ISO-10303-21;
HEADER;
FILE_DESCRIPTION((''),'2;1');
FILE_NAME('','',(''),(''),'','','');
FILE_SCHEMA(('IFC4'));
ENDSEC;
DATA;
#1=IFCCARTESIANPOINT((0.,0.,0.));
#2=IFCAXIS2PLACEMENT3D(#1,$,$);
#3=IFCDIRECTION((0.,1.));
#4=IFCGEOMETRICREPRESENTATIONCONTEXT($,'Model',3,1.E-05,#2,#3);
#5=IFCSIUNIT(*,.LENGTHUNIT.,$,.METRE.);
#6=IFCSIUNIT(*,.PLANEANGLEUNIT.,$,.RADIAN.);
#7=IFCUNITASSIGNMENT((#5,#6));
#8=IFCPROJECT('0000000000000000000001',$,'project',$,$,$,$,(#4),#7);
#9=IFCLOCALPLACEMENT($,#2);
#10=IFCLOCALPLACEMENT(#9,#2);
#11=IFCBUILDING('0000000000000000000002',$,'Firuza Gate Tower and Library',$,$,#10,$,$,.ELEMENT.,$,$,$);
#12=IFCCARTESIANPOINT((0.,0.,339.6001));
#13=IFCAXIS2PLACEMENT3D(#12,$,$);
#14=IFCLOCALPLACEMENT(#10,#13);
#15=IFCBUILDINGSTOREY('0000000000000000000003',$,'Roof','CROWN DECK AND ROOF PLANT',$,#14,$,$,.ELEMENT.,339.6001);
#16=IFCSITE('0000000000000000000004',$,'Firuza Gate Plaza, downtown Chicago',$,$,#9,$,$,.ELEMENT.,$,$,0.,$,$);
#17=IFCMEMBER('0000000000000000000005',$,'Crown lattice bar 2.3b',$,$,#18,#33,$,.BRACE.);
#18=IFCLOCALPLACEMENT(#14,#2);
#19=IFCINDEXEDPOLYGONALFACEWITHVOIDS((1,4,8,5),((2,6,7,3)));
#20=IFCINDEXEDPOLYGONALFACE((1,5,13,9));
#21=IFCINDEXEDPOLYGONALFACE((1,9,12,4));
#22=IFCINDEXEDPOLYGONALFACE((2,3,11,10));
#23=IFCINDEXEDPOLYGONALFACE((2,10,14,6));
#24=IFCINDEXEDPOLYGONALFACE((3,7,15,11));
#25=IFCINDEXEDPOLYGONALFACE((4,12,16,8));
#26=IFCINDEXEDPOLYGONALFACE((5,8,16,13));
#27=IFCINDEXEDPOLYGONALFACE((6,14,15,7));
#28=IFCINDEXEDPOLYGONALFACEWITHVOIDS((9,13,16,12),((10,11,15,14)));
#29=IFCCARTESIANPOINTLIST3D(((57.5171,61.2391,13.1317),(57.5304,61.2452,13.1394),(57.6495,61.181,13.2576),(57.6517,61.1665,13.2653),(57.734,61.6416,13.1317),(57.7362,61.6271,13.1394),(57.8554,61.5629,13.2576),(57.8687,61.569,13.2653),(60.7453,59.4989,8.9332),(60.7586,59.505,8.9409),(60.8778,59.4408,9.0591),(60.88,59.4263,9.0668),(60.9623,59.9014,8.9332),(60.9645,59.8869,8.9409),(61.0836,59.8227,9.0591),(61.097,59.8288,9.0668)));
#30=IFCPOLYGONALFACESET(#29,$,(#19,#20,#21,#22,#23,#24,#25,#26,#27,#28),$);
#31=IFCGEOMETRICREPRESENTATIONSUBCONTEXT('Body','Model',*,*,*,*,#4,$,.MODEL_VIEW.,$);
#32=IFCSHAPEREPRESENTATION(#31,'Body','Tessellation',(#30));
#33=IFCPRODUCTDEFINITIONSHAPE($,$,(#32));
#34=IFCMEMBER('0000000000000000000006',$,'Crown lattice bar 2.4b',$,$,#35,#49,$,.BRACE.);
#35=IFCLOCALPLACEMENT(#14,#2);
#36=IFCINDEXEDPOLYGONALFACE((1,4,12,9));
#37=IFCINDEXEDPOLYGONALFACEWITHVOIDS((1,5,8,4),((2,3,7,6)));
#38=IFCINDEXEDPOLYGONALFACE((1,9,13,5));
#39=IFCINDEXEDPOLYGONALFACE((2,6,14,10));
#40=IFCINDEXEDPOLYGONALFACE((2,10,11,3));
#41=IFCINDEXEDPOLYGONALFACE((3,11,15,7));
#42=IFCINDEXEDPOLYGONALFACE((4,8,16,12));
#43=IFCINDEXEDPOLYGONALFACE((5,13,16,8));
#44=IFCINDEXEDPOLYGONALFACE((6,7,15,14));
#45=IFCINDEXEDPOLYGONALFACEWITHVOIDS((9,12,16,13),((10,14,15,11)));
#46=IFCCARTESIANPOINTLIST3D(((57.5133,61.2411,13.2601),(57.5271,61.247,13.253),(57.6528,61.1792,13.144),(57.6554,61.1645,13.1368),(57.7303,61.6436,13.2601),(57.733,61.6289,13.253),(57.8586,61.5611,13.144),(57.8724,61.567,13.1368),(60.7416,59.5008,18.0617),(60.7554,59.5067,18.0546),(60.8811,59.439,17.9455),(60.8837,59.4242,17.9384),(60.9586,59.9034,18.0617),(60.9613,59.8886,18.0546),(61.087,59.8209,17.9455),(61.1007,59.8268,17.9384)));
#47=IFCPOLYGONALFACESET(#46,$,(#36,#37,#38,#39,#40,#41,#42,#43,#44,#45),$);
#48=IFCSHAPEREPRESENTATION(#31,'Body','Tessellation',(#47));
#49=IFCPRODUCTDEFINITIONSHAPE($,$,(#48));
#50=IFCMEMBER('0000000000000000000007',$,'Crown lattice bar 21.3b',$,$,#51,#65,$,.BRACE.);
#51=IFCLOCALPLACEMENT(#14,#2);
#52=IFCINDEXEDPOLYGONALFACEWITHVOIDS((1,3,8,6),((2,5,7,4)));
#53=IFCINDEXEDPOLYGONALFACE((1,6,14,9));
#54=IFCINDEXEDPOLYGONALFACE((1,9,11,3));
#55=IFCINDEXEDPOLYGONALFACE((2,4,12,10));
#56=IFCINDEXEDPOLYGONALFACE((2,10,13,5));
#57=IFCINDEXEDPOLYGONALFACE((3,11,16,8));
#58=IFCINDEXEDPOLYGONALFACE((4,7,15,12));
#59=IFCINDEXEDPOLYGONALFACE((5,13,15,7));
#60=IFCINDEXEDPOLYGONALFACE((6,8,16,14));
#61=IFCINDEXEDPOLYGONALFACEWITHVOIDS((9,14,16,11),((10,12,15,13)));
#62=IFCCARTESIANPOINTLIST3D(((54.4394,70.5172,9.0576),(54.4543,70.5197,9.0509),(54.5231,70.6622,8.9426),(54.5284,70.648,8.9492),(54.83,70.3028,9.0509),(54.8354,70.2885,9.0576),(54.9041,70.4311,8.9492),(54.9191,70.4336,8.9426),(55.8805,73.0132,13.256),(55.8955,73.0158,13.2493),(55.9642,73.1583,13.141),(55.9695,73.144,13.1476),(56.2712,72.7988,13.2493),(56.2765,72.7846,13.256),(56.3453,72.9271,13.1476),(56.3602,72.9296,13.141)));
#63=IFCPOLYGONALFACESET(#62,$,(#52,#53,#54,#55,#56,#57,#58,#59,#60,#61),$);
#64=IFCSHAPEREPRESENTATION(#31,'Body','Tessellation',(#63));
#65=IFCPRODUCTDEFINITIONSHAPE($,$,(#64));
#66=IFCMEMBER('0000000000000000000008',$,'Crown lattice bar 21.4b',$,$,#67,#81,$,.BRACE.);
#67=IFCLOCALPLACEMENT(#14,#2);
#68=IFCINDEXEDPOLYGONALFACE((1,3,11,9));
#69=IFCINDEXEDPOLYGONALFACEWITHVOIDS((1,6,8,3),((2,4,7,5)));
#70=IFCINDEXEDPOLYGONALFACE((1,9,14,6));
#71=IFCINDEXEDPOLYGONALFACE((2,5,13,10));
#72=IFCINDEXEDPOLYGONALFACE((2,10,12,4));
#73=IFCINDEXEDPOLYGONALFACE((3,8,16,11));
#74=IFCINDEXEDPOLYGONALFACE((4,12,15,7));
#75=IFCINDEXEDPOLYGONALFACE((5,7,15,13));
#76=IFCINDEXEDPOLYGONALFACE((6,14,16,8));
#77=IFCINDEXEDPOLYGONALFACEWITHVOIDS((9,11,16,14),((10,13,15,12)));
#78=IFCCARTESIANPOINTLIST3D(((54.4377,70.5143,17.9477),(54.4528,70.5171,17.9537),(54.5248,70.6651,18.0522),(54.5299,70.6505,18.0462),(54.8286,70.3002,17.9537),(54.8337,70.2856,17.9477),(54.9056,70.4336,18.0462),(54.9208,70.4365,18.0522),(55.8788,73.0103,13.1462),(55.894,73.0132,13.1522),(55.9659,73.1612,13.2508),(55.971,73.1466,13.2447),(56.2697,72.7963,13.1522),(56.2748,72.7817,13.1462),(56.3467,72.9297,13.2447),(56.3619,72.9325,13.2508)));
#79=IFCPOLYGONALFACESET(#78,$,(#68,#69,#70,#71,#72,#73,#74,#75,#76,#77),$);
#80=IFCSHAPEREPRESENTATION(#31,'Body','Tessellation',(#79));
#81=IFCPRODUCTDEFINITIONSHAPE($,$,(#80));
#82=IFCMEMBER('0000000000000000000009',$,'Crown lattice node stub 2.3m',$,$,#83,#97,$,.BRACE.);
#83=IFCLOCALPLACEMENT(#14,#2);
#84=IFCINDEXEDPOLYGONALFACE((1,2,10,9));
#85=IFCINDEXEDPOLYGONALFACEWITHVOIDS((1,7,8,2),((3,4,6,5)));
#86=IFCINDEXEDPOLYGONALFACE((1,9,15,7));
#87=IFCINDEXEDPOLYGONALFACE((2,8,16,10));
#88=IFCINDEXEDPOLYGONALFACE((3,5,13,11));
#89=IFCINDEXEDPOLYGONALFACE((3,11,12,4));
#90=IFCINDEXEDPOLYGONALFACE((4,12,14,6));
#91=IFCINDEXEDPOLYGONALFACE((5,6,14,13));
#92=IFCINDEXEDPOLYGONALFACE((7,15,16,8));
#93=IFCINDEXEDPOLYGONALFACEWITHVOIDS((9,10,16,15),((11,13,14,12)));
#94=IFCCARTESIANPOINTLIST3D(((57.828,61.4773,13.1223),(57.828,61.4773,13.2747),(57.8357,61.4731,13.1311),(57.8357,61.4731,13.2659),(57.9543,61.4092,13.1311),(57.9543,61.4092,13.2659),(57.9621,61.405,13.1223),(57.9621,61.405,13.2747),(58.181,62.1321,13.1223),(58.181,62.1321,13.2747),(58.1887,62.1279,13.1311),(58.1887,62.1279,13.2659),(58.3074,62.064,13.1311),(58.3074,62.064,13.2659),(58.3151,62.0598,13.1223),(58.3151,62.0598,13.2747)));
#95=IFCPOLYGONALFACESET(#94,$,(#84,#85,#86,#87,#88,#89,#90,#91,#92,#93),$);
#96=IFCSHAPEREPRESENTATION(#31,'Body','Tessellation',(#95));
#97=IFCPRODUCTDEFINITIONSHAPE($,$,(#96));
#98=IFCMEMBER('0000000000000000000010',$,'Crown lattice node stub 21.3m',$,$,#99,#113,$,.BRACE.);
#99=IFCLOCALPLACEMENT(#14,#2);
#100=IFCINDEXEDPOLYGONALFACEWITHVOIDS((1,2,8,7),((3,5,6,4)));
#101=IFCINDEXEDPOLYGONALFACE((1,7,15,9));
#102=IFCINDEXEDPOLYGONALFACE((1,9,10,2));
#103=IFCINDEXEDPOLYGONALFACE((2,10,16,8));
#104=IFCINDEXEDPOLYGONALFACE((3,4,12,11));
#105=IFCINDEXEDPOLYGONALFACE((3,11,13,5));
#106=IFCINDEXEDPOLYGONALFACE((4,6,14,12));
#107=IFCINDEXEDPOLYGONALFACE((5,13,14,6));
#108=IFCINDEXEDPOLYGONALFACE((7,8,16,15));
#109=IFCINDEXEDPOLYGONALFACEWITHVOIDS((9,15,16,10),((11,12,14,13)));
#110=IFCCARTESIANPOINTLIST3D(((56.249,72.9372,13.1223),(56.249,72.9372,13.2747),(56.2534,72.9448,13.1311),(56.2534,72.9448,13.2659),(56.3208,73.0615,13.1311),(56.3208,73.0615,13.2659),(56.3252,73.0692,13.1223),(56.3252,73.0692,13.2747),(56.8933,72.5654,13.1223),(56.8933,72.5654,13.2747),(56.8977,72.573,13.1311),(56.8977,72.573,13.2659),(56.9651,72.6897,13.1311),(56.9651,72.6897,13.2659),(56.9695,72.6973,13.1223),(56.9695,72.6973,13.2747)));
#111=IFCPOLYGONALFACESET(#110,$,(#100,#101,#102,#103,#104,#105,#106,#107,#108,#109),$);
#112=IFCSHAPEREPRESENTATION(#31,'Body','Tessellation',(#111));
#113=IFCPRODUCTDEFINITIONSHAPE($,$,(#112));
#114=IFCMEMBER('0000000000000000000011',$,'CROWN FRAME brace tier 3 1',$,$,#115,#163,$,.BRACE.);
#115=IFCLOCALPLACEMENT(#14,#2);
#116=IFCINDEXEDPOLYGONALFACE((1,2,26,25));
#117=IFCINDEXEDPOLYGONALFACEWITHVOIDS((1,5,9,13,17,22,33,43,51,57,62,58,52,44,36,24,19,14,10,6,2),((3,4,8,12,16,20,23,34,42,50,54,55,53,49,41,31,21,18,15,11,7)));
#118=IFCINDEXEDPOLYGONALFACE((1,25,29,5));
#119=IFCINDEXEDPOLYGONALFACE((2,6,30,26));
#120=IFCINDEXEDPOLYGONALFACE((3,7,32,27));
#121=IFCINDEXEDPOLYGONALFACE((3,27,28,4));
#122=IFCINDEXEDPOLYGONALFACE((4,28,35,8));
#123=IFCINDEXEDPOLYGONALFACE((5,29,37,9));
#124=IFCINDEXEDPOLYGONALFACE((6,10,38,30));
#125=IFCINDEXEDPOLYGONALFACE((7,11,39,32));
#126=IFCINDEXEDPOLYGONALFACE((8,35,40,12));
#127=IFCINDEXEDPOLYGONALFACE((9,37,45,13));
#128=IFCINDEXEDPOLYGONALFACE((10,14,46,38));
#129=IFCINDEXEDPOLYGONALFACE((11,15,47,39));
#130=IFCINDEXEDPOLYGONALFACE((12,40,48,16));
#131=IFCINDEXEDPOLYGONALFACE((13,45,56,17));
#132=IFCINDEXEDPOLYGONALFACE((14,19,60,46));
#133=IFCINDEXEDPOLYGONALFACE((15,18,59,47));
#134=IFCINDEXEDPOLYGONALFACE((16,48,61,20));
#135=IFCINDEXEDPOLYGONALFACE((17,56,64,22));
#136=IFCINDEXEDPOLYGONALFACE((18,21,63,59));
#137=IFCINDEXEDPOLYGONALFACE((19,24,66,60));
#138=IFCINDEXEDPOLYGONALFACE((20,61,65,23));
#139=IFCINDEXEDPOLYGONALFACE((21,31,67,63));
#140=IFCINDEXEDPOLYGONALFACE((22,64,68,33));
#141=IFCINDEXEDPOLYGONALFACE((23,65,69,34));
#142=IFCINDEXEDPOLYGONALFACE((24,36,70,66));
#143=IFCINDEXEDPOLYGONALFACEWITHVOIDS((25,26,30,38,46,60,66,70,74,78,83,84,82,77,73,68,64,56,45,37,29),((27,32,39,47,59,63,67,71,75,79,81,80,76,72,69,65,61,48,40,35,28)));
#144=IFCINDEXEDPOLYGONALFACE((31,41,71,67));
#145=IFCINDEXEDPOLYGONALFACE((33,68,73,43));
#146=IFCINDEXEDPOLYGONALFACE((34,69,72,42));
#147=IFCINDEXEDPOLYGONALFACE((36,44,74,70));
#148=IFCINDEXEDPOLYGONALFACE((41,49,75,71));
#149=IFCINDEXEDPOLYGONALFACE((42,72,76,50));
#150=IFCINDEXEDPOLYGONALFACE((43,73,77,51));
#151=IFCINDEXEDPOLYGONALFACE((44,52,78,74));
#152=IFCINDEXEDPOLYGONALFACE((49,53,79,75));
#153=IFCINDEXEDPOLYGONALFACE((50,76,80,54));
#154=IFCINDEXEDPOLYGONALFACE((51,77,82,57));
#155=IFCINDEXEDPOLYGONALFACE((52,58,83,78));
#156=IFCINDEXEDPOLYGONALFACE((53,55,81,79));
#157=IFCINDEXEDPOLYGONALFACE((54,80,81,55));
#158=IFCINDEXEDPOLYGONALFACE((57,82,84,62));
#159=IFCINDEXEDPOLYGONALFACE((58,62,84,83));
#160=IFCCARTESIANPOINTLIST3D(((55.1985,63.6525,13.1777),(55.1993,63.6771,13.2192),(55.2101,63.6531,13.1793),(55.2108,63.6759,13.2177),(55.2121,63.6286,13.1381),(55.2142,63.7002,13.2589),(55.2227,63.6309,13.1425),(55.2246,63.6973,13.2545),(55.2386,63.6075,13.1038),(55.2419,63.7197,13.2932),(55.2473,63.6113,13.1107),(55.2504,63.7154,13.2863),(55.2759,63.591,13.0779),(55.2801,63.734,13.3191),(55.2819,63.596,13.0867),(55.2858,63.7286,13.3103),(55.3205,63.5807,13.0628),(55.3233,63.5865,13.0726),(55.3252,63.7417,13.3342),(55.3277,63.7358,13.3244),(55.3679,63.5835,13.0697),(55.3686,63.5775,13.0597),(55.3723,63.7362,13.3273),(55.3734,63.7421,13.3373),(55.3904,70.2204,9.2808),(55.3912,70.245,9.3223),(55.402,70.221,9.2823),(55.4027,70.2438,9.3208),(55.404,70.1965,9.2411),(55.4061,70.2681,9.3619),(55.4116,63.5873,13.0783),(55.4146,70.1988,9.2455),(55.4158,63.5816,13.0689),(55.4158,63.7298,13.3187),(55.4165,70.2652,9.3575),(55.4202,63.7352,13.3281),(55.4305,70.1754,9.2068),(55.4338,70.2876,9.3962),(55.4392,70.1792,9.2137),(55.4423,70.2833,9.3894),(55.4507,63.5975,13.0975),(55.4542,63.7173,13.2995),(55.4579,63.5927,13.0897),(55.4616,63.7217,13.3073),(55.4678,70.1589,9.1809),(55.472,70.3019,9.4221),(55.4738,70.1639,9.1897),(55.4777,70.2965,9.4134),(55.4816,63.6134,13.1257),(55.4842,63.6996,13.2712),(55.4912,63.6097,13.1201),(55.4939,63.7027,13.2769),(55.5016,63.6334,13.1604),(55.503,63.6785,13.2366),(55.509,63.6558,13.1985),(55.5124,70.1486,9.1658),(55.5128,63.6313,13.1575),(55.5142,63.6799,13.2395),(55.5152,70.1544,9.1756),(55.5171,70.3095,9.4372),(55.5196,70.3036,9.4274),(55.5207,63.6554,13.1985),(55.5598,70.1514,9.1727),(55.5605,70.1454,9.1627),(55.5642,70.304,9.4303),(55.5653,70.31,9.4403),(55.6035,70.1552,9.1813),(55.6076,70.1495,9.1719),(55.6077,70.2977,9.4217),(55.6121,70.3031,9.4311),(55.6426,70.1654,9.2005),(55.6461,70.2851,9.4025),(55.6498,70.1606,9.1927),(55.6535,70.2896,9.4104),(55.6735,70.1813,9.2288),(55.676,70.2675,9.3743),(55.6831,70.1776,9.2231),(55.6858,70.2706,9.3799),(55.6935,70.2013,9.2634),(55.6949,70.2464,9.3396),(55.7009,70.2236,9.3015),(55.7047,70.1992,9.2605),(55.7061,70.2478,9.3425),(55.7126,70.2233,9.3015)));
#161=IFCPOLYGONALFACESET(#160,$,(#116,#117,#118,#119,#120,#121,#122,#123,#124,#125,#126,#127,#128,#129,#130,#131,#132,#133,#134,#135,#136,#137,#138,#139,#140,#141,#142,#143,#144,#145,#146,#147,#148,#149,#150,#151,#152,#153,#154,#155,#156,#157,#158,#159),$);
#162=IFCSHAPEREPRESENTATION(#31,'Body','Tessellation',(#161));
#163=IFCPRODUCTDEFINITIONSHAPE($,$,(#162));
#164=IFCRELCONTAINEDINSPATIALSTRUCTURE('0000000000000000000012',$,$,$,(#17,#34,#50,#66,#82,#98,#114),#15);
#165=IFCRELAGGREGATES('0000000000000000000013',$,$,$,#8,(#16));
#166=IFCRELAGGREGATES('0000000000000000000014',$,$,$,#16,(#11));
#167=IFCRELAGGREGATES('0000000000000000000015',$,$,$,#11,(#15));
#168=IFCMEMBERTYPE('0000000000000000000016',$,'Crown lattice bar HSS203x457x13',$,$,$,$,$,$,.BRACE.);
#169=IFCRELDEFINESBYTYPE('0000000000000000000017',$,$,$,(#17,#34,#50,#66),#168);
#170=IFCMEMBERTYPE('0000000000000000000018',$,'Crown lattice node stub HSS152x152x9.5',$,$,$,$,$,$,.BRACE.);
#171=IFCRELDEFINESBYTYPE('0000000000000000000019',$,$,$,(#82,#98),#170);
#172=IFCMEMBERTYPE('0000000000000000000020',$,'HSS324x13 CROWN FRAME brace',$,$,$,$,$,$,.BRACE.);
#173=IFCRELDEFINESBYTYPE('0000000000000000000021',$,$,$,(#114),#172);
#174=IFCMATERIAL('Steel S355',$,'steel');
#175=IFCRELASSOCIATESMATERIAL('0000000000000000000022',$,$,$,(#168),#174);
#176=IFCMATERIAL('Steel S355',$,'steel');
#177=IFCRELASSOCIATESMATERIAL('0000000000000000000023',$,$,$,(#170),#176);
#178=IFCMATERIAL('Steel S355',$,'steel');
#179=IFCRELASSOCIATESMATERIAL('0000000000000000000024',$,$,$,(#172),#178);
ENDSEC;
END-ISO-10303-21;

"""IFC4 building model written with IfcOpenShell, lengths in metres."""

from ifc_helpers import new_model, si_unit, direction, frame, origin, origin_2d, place, context, subcontext, project, spatial, hollow_rectangle, hollow_circle, extrude, material, material_profile, profile_set, type_object, element, save


model = new_model("IFC4")

# Units and contexts
model_context = context("Model", 3, precision=1e-05, world=origin(), true_north=direction((0.0, 1.0)))
body_context = subcontext(model_context, "Body", "Model", "MODEL_VIEW")
ifc_project = project(units=[si_unit("LENGTHUNIT", "METRE"), si_unit("PLANEANGLEUNIT", "RADIAN")], contexts=[model_context])

# Site, building, storey
site_placement = place(None, origin())
site = spatial("IfcSite", under=ifc_project, at=site_placement, Name="Firuza Gate Plaza, downtown Chicago", CompositionType="ELEMENT", RefElevation=0.0)
building_placement = place(site_placement, origin())
building = spatial("IfcBuilding", under=site, at=building_placement, Name="Firuza Gate Tower and Library", CompositionType="ELEMENT")
storey_placement = place(building_placement, frame((0.0, 0.0, 339.6001)))
storey = spatial("IfcBuildingStorey", under=building, at=storey_placement, Name="Roof", Description="CROWN DECK AND ROOF PLANT", CompositionType="ELEMENT", Elevation=339.6001)

# Members
ifc_material_1 = material(Name="Steel S355", Category="steel")
ifc_material_profile_1 = material_profile(ifc_material_1, hollow_rectangle(XDim=0.4573, YDim=0.2031, WallThickness=0.0117, at=origin_2d()))
ifc_profile_set_1 = profile_set([ifc_material_profile_1], Name="Steel S355")
member_type_1 = type_object("IfcMemberType", Name="Crown lattice bar HSS203x457x13", PredefinedType="BRACE", material=ifc_profile_set_1)
member_1_placement = place(storey_placement, frame((57.6929, 61.4041, 13.1985), z_axis=(0.579092, -0.312166, -0.75313), x_axis=(0.474509, 0.880251, 0.0)))
element("IfcMember", 1, at=member_1_placement, inside=storey, type_object=member_type_1, Name="Crown lattice bar 2.3b", PredefinedType="BRACE", context=body_context, shape_type="SweptSolid", body=[
    extrude(hollow_rectangle(XDim=0.4573, YDim=0.2031, WallThickness=0.0117, at=origin_2d()), origin(), (0.0, 0.0, 1.0), 5.5747),
])
member_2_placement = place(storey_placement, frame((57.6929, 61.4041, 13.1985), z_axis=(0.534313, -0.288027, 0.794701), x_axis=(0.474509, 0.880251, 0.0)))
element("IfcMember", 2, at=member_2_placement, inside=storey, type_object=member_type_1, Name="Crown lattice bar 2.4b", PredefinedType="BRACE", context=body_context, shape_type="SweptSolid", body=[
    extrude(hollow_rectangle(XDim=0.4573, YDim=0.2031, WallThickness=0.0117, at=origin_2d()), origin(), (0.0, 0.0, 1.0), 6.042),
])
member_3_placement = place(storey_placement, frame((56.1204, 72.9714, 13.1985), z_axis=(-0.282991, -0.49014, -0.824427), x_axis=(0.866019, -0.500011, 0.0)))
element("IfcMember", 3, at=member_3_placement, inside=storey, type_object=member_type_1, Name="Crown lattice bar 21.3b", PredefinedType="BRACE", context=body_context, shape_type="SweptSolid", body=[
    extrude(hollow_rectangle(XDim=0.4573, YDim=0.2031, WallThickness=0.0117, at=origin_2d()), origin(), (0.0, 0.0, 1.0), 5.0925),
])
member_4_placement = place(storey_placement, frame((56.1204, 72.9714, 13.1985), z_axis=(-0.257342, -0.445717, 0.857386), x_axis=(0.866019, -0.500011, 0.0)))
element("IfcMember", 4, at=member_4_placement, inside=storey, type_object=member_type_1, Name="Crown lattice bar 21.4b", PredefinedType="BRACE", context=body_context, shape_type="SweptSolid", body=[
    extrude(hollow_rectangle(XDim=0.4573, YDim=0.2031, WallThickness=0.0117, at=origin_2d()), origin(), (0.0, 0.0, 1.0), 5.6001),
])
ifc_material_2 = material(Name="Steel S355", Category="steel")
ifc_material_profile_2 = material_profile(ifc_material_2, hollow_rectangle(XDim=0.1523, YDim=0.1523, WallThickness=0.0088, at=origin_2d()))
ifc_profile_set_2 = profile_set([ifc_material_profile_2], Name="Steel S355")
member_type_2 = type_object("IfcMemberType", Name="Crown lattice node stub HSS152x152x9.5", PredefinedType="BRACE", material=ifc_profile_set_2)
for number, where, z_axis, x_axis, name in (
    (5, (58.248, 62.0959, 13.1985), (-0.474569, -0.880218, 0.0), (0.880218, -0.474569, 0.0), "Crown lattice node stub 2.3m"),
    (6, (56.9314, 72.6313, 13.1985), (-0.866115, 0.499846, 0.0), (-0.499846, -0.866115, 0.0), "Crown lattice node stub 21.3m"),
):
    element("IfcMember", number, at=place(storey_placement, frame(where, z_axis=z_axis, x_axis=x_axis)), inside=storey, type_object=member_type_2, Name=name, PredefinedType="BRACE", context=body_context, shape_type="SweptSolid", body=[
        extrude(hollow_rectangle(XDim=0.1523, YDim=0.1523, WallThickness=0.0088, at=origin_2d()), origin(), (0.0, 0.0, 1.0), 0.7439),
    ])
ifc_material_3 = material(Name="Steel S355", Category="steel")
ifc_material_profile_3 = material_profile(ifc_material_3, hollow_circle(Radius=0.1619, WallThickness=0.0117, at=origin_2d()))
ifc_profile_set_3 = profile_set([ifc_material_profile_3], Name="Steel S355")
member_type_3 = type_object("IfcMemberType", Name="HSS324x13 CROWN FRAME brace", PredefinedType="BRACE", material=ifc_profile_set_3)
member_5_placement = place(storey_placement, frame((55.5508, 70.228, 9.3015), z_axis=(-0.025119, -0.859739, 0.510116), x_axis=(0.999573, -0.029205, 0.0)))
element("IfcMember", 7, at=member_5_placement, inside=storey, type_object=member_type_3, Name="CROWN FRAME brace tier 3 1", PredefinedType="BRACE", context=body_context, shape_type="SweptSolid", body=[
    extrude(hollow_circle(Radius=0.1619, WallThickness=0.0117, at=origin_2d()), origin(), (0.0, 0.0, 1.0), 7.6394),
])

save(model, "model.ifc")
